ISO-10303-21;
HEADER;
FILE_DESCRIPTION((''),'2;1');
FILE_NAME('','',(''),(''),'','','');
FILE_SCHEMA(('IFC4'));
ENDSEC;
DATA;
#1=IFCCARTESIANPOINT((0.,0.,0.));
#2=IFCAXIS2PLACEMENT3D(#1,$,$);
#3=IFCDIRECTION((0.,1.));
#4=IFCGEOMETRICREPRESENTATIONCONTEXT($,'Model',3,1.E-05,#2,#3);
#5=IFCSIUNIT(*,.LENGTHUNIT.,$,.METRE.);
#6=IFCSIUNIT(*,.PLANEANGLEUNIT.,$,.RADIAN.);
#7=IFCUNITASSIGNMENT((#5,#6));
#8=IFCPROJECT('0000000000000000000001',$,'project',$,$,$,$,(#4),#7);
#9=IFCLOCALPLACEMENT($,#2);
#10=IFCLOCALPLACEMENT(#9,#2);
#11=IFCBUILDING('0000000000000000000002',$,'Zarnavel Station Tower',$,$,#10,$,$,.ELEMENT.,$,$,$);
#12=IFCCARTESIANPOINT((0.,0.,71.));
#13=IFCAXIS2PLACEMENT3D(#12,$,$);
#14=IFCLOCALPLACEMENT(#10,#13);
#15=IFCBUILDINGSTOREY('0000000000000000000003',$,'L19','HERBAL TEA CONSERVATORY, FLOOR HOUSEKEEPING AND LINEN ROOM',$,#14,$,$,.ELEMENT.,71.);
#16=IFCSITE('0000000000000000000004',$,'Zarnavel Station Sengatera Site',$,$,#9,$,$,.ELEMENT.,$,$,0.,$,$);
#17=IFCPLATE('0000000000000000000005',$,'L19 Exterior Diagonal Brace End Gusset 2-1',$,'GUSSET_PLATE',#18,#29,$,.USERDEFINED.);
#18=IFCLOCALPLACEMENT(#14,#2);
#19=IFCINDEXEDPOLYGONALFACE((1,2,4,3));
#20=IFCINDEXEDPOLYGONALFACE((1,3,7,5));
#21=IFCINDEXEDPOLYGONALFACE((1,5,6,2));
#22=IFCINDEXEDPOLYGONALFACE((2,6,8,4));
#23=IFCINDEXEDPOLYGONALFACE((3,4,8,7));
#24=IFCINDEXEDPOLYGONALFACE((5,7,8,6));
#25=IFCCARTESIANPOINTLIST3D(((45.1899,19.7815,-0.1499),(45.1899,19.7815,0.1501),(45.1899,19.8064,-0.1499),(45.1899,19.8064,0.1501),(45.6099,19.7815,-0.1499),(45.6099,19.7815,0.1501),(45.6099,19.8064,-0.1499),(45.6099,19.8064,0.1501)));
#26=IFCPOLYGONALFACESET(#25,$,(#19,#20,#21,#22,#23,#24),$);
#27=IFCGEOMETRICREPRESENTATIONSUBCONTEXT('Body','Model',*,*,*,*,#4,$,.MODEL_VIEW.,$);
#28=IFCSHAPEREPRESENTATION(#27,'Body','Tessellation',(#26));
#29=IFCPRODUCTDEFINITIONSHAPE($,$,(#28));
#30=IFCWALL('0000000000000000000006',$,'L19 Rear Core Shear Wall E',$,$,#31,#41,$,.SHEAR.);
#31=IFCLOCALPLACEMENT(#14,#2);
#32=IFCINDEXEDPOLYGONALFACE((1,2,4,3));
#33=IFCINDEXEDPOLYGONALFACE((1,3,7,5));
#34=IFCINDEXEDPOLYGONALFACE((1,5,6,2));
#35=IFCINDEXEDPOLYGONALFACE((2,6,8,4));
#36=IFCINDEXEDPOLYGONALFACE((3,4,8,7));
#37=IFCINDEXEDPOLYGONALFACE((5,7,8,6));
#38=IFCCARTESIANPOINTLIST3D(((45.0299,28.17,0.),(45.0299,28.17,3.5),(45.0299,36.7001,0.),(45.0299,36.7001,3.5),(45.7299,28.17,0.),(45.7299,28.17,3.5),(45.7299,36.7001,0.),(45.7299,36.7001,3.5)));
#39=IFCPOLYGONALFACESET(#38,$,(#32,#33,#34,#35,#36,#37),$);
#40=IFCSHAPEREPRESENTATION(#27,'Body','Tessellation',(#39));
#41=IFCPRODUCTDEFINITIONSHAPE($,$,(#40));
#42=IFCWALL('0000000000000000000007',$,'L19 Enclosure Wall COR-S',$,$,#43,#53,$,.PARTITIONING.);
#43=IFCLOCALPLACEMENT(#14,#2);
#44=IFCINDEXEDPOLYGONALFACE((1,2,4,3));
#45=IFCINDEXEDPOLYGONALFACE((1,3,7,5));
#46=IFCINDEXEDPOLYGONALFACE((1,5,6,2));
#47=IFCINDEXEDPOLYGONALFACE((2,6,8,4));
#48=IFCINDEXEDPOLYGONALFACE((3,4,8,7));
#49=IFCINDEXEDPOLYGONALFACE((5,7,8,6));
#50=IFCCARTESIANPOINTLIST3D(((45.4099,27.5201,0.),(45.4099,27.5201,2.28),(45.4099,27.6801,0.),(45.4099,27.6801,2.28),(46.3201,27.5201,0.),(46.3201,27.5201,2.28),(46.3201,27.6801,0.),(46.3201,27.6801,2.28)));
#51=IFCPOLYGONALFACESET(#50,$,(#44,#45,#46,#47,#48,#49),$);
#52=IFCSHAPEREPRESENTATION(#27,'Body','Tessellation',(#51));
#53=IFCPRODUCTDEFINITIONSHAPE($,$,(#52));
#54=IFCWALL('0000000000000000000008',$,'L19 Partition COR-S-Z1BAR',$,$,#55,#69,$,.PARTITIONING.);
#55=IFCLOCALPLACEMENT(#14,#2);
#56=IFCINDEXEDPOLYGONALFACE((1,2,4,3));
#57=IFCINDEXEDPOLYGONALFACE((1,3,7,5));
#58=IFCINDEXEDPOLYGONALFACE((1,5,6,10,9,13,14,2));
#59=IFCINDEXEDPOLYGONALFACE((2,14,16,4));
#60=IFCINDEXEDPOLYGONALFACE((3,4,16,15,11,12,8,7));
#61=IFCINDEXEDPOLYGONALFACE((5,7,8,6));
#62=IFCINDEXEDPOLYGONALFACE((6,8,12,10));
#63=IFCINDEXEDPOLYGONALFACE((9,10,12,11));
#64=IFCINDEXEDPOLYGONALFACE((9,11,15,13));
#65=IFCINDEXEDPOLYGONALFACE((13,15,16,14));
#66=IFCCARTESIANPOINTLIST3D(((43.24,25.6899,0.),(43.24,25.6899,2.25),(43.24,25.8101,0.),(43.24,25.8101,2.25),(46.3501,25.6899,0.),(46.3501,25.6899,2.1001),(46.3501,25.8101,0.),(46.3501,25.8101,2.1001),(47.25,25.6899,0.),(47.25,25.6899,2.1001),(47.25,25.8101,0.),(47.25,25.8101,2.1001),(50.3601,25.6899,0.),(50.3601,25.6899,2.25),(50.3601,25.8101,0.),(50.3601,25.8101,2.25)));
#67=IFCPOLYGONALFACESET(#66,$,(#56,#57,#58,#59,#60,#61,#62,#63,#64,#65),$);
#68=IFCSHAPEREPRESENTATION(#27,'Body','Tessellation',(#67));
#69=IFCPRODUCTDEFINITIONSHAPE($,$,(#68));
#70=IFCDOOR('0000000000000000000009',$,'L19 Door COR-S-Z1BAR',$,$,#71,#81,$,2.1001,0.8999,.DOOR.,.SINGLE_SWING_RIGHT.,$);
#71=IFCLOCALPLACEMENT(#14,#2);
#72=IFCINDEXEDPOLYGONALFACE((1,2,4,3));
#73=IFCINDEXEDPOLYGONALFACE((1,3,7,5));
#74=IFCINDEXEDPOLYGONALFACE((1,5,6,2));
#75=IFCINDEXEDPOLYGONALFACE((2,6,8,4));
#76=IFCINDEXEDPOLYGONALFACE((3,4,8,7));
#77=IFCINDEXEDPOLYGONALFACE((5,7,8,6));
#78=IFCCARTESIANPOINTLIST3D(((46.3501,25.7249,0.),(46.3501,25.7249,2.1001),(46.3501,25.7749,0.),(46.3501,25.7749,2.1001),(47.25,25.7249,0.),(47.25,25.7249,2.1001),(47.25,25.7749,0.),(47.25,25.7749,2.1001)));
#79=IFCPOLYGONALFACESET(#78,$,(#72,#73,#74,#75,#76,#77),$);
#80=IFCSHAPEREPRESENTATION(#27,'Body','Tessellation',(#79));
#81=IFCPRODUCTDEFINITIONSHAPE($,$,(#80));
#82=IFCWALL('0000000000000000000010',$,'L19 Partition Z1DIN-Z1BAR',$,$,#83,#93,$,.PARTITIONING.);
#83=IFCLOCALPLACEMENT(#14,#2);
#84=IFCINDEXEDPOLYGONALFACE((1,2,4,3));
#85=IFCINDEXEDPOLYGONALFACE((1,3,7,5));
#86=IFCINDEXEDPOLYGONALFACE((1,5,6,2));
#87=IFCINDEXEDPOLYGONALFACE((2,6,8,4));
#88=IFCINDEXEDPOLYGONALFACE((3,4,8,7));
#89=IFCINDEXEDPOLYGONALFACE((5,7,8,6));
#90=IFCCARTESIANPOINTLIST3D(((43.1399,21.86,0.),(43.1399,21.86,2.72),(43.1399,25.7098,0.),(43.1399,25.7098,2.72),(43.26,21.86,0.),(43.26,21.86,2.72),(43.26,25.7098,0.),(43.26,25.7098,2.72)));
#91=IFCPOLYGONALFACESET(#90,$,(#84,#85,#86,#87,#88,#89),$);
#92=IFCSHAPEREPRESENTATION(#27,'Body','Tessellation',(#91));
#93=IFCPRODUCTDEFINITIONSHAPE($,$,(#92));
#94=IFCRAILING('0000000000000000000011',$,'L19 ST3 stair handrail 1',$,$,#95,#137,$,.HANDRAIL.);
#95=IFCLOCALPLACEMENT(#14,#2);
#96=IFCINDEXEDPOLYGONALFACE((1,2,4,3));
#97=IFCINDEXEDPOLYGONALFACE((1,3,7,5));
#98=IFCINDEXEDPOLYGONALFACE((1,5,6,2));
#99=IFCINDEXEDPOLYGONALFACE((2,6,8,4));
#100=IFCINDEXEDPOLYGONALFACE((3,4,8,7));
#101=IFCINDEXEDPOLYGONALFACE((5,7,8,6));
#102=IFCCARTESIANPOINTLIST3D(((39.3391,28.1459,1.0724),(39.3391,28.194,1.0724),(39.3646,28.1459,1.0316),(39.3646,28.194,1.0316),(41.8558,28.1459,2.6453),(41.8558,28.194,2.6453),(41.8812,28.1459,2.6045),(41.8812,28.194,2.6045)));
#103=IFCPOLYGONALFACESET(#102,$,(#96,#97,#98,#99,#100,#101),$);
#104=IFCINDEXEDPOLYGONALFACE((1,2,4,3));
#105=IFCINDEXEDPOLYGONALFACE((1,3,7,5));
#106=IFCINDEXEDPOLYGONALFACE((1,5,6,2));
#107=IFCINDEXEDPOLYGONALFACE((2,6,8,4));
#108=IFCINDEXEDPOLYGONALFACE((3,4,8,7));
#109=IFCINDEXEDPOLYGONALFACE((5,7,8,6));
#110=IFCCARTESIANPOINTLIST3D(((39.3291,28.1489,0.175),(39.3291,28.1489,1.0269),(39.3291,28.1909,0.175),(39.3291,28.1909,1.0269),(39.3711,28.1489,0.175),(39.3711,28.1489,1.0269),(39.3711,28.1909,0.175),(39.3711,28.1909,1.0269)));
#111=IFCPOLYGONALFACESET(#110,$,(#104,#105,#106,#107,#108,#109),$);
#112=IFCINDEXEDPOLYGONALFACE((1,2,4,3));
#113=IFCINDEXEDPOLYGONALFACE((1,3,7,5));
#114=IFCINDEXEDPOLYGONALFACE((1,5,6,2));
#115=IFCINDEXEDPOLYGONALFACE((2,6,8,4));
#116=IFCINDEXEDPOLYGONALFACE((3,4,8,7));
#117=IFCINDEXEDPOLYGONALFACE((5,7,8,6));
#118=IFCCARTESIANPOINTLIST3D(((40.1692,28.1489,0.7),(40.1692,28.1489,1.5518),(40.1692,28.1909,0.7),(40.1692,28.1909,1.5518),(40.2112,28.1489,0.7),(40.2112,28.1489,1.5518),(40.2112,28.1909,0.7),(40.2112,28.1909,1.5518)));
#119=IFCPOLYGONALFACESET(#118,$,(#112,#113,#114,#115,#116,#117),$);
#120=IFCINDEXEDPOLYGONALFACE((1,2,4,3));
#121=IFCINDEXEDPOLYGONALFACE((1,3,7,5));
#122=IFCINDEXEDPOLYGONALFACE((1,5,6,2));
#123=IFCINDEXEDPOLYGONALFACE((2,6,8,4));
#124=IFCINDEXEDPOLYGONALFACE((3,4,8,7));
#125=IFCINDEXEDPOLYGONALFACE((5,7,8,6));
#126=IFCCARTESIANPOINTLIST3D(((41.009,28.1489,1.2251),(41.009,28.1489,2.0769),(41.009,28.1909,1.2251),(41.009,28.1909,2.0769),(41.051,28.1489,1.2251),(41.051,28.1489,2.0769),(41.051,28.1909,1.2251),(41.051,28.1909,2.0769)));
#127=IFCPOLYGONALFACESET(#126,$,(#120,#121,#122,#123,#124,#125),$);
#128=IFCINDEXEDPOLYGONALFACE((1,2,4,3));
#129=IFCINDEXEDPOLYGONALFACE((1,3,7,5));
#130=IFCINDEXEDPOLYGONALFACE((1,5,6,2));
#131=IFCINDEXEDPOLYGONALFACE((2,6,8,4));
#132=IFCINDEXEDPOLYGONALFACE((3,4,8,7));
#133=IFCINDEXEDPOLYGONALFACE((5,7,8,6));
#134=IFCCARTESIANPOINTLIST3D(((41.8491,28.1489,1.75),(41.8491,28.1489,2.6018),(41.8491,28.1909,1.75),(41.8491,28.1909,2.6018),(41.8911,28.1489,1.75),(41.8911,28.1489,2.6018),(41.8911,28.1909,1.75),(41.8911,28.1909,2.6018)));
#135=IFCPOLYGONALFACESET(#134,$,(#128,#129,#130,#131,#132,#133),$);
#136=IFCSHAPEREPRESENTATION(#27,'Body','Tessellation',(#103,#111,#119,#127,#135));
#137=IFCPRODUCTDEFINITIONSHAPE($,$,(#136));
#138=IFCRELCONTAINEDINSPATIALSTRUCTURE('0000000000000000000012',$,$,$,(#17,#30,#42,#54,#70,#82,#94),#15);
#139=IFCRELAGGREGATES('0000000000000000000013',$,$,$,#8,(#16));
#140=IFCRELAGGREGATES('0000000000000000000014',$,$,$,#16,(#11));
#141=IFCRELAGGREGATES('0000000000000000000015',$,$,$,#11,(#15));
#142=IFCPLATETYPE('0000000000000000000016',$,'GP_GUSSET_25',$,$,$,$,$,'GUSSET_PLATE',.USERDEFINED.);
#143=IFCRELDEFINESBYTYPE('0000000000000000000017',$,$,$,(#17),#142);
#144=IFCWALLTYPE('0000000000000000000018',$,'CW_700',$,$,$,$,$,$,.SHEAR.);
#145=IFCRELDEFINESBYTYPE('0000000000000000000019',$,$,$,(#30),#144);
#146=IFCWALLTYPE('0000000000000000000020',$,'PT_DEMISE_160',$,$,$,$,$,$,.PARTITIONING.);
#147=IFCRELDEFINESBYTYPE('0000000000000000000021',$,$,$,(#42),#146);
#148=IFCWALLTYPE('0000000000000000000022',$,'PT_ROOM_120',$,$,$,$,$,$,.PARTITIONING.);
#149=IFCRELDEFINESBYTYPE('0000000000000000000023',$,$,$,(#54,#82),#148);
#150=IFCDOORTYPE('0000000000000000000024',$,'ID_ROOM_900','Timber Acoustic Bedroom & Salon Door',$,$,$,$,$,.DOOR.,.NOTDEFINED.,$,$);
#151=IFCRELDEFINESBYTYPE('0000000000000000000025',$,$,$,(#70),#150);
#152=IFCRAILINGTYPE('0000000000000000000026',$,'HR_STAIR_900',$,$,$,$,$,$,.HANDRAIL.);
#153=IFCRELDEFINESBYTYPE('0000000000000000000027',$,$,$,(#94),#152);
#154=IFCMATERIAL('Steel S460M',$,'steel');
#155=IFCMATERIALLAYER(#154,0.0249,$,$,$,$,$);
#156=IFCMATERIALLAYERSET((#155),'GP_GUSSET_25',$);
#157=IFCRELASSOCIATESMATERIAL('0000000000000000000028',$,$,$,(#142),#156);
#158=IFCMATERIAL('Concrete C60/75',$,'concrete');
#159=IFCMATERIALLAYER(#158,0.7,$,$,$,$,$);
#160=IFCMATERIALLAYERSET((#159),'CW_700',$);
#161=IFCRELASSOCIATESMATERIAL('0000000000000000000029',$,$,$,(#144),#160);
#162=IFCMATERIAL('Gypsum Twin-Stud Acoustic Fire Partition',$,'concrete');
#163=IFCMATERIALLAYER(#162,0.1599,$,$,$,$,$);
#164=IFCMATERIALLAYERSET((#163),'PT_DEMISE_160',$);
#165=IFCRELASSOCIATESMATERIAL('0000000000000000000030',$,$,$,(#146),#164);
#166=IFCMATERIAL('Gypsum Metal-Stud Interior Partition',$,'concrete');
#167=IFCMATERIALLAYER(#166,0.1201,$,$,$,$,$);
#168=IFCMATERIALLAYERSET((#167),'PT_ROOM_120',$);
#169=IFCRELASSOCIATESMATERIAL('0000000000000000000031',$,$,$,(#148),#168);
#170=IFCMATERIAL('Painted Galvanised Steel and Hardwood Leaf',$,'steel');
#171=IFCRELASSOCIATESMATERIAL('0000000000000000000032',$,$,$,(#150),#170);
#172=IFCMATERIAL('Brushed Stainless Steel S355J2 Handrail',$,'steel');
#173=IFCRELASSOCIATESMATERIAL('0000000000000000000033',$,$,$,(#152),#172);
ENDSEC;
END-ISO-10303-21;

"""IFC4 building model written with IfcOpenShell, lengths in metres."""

from ifc_helpers import new_model, si_unit, direction, frame, frame_2d, origin, origin_2d, place, context, subcontext, project, spatial, rectangle, extrude, material, layer, layer_set, type_object, element, fill, save


model = new_model("IFC4")

# Units and contexts
model_context = context("Model", 3, precision=1e-05, world=origin(), true_north=direction((0.0, 1.0)))
body_context = subcontext(model_context, "Body", "Model", "MODEL_VIEW")
ifc_project = project(units=[si_unit("LENGTHUNIT", "METRE"), si_unit("PLANEANGLEUNIT", "RADIAN")], contexts=[model_context])

# Site, building, storey
site_placement = place(None, origin())
site = spatial("IfcSite", under=ifc_project, at=site_placement, Name="Zarnavel Station Sengatera Site", CompositionType="ELEMENT", RefElevation=0.0)
building_placement = place(site_placement, origin())
building = spatial("IfcBuilding", under=site, at=building_placement, Name="Zarnavel Station Tower", CompositionType="ELEMENT")
storey_placement = place(building_placement, frame((0.0, 0.0, 71.0)))
storey = spatial("IfcBuildingStorey", under=building, at=storey_placement, Name="L19", Description="HERBAL TEA CONSERVATORY, FLOOR HOUSEKEEPING AND LINEN ROOM", CompositionType="ELEMENT", Elevation=71.0)

# Plate
ifc_material_1 = material(Name="Steel S460M", Category="steel")
ifc_layer_1 = layer(ifc_material_1, 0.0249)
ifc_layer_set_1 = layer_set([ifc_layer_1], Name="GP_GUSSET_25")
plate_type = type_object("IfcPlateType", Name="GP_GUSSET_25", ElementType="GUSSET_PLATE", PredefinedType="USERDEFINED", material=ifc_layer_set_1)
plate_placement = place(storey_placement, frame((45.3999, 19.7939, -0.1499), z_axis=(0.0, 0.0, 1.0), x_axis=(1.0, 0.0, 0.0)))
element("IfcPlate", 1, at=plate_placement, inside=storey, type_object=plate_type, Name="L19 Exterior Diagonal Brace End Gusset 2-1", ObjectType="GUSSET_PLATE", PredefinedType="USERDEFINED", context=body_context, shape_type="SweptSolid", body=[
    extrude(rectangle(XDim=0.4199, YDim=0.0249, at=origin_2d()), origin(), (0.0, 0.0, 1.0), 0.3),
])

# Shared definitions
ifc_material_2 = material(Name="Concrete C60/75", Category="concrete")
ifc_layer_2 = layer(ifc_material_2, 0.7)
ifc_layer_set_2 = layer_set([ifc_layer_2], Name="CW_700")
wall_type_1 = type_object("IfcWallType", Name="CW_700", PredefinedType="SHEAR", material=ifc_layer_set_2)

# Walls
wall_1_placement = place(storey_placement, frame((45.3799, 28.1699, 0.0), z_axis=(0.0, 0.0, 1.0), x_axis=(0.0, 1.0, 0.0)))
element("IfcWall", 2, at=wall_1_placement, inside=storey, type_object=wall_type_1, Name="L19 Rear Core Shear Wall E", PredefinedType="SHEAR", context=body_context, shape_type="SweptSolid", body=[
    extrude(rectangle(XDim=8.53, YDim=0.7, at=frame_2d((4.2651, 0.0))), origin(), (0.0, 0.0, 1.0), 3.5),
])
ifc_material_3 = material(Name="Gypsum Twin-Stud Acoustic Fire Partition", Category="concrete")
ifc_layer_3 = layer(ifc_material_3, 0.1599)
ifc_layer_set_3 = layer_set([ifc_layer_3], Name="PT_DEMISE_160")
wall_type_2 = type_object("IfcWallType", Name="PT_DEMISE_160", PredefinedType="PARTITIONING", material=ifc_layer_set_3)
wall_2_placement = place(storey_placement, frame((45.4099, 27.6001, 0.0), z_axis=(0.0, 0.0, 1.0), x_axis=(1.0, 0.0, 0.0)))
element("IfcWall", 3, at=wall_2_placement, inside=storey, type_object=wall_type_2, Name="L19 Enclosure Wall COR-S", PredefinedType="PARTITIONING", context=body_context, shape_type="SweptSolid", body=[
    extrude(rectangle(XDim=0.9102, YDim=0.1599, at=frame_2d((0.4551, 0.0))), origin(), (0.0, 0.0, 1.0), 2.28),
])

# Wall, opening, door
ifc_material_4 = material(Name="Gypsum Metal-Stud Interior Partition", Category="concrete")
ifc_layer_4 = layer(ifc_material_4, 0.1201)
ifc_layer_set_4 = layer_set([ifc_layer_4], Name="PT_ROOM_120")
wall_type_3 = type_object("IfcWallType", Name="PT_ROOM_120", PredefinedType="PARTITIONING", material=ifc_layer_set_4)
wall_3_placement = place(storey_placement, frame((43.24, 25.75, 0.0), z_axis=(0.0, 0.0, 1.0), x_axis=(1.0, 0.0, 0.0)))
wall_3 = element("IfcWall", 4, at=wall_3_placement, inside=storey, type_object=wall_type_3, Name="L19 Partition COR-S-Z1BAR", PredefinedType="PARTITIONING", context=body_context, shape_type="SweptSolid", body=[
    extrude(rectangle(XDim=7.1201, YDim=0.1201, at=frame_2d((3.5601, 0.0))), origin(), (0.0, 0.0, 1.0), 2.25),
])
opening_1_placement = place(wall_3_placement, frame((3.1101, 0.0, 0.0)))
opening_1 = element("IfcOpeningElement", 5, at=opening_1_placement, cuts=wall_3, PredefinedType="OPENING", context=body_context, shape_type="SweptSolid", body=[
    extrude(rectangle(XDim=0.8999, YDim=2.1001, at=frame_2d((0.45, 1.05))), frame((0.0, 0.0701, 0.0), z_axis=(0.0, -1.0, 0.0), x_axis=(1.0, 0.0, 0.0)), (0.0, 0.0, 1.0), 0.1401),
])
ifc_material_5 = material(Name="Painted Galvanised Steel and Hardwood Leaf", Category="steel")
door_type_1 = type_object("IfcDoorType", Name="ID_ROOM_900", Description="Timber Acoustic Bedroom & Salon Door", OperationType="NOTDEFINED", PredefinedType="DOOR", material=ifc_material_5)
door_1_placement = place(opening_1_placement, origin())
door_1 = element("IfcDoor", 6, at=door_1_placement, inside=storey, type_object=door_type_1, Name="L19 Door COR-S-Z1BAR", OperationType="SINGLE_SWING_RIGHT", OverallHeight=2.1001, OverallWidth=0.8999, PredefinedType="DOOR", context=body_context, shape_type="SweptSolid", body=[
    extrude(rectangle(XDim=0.8999, YDim=2.1001, at=frame_2d((0.45, 1.05))), frame((0.0, 0.0249, 0.0), z_axis=(0.0, -1.0, 0.0), x_axis=(1.0, 0.0, 0.0)), (0.0, 0.0, 1.0), 0.05),
])
fill(opening_1, door_1)

# Wall
wall_4_placement = place(storey_placement, frame((43.2, 21.8601, 0.0), z_axis=(0.0, 0.0, 1.0), x_axis=(0.0, 1.0, 0.0)))
element("IfcWall", 7, at=wall_4_placement, inside=storey, type_object=wall_type_3, Name="L19 Partition Z1DIN-Z1BAR", PredefinedType="PARTITIONING", context=body_context, shape_type="SweptSolid", body=[
    extrude(rectangle(XDim=3.8499, YDim=0.1201, at=frame_2d((1.9248, 0.0))), origin(), (0.0, 0.0, 1.0), 2.72),
])

# Railing
ifc_material_6 = material(Name="Brushed Stainless Steel S355J2 Handrail", Category="steel")
railing_type = type_object("IfcRailingType", Name="HR_STAIR_900", PredefinedType="HANDRAIL", material=ifc_material_6)
railing_placement = place(storey_placement, frame((39.3501, 28.1699, 0.175)))
element("IfcRailing", 8, at=railing_placement, inside=storey, type_object=railing_type, Name="L19 ST3 stair handrail 1", PredefinedType="HANDRAIL", context=body_context, shape_type="SweptSolid", body=[
    extrude(rectangle(XDim=0.0481, YDim=0.0481, at=origin_2d()), frame((0.0017, 0.0, 0.877), z_axis=(0.848008, 0.0, 0.529984), x_axis=(0.0, 1.0, 0.0)), (0.0, 0.0, 1.0), 2.9678),
    extrude(rectangle(XDim=0.042, YDim=0.042, at=origin_2d()), origin(), (0.0, 0.0, 1.0), 0.8518),
    extrude(rectangle(XDim=0.042, YDim=0.042, at=origin_2d()), frame((0.8401, 0.0, 0.5249)), (0.0, 0.0, 1.0), 0.8518),
    extrude(rectangle(XDim=0.042, YDim=0.042, at=origin_2d()), frame((1.6799, 0.0, 1.05)), (0.0, 0.0, 1.0), 0.8518),
    extrude(rectangle(XDim=0.042, YDim=0.042, at=origin_2d()), frame((2.52, 0.0, 1.575)), (0.0, 0.0, 1.0), 0.8518),
])

save(model, "model.ifc")
